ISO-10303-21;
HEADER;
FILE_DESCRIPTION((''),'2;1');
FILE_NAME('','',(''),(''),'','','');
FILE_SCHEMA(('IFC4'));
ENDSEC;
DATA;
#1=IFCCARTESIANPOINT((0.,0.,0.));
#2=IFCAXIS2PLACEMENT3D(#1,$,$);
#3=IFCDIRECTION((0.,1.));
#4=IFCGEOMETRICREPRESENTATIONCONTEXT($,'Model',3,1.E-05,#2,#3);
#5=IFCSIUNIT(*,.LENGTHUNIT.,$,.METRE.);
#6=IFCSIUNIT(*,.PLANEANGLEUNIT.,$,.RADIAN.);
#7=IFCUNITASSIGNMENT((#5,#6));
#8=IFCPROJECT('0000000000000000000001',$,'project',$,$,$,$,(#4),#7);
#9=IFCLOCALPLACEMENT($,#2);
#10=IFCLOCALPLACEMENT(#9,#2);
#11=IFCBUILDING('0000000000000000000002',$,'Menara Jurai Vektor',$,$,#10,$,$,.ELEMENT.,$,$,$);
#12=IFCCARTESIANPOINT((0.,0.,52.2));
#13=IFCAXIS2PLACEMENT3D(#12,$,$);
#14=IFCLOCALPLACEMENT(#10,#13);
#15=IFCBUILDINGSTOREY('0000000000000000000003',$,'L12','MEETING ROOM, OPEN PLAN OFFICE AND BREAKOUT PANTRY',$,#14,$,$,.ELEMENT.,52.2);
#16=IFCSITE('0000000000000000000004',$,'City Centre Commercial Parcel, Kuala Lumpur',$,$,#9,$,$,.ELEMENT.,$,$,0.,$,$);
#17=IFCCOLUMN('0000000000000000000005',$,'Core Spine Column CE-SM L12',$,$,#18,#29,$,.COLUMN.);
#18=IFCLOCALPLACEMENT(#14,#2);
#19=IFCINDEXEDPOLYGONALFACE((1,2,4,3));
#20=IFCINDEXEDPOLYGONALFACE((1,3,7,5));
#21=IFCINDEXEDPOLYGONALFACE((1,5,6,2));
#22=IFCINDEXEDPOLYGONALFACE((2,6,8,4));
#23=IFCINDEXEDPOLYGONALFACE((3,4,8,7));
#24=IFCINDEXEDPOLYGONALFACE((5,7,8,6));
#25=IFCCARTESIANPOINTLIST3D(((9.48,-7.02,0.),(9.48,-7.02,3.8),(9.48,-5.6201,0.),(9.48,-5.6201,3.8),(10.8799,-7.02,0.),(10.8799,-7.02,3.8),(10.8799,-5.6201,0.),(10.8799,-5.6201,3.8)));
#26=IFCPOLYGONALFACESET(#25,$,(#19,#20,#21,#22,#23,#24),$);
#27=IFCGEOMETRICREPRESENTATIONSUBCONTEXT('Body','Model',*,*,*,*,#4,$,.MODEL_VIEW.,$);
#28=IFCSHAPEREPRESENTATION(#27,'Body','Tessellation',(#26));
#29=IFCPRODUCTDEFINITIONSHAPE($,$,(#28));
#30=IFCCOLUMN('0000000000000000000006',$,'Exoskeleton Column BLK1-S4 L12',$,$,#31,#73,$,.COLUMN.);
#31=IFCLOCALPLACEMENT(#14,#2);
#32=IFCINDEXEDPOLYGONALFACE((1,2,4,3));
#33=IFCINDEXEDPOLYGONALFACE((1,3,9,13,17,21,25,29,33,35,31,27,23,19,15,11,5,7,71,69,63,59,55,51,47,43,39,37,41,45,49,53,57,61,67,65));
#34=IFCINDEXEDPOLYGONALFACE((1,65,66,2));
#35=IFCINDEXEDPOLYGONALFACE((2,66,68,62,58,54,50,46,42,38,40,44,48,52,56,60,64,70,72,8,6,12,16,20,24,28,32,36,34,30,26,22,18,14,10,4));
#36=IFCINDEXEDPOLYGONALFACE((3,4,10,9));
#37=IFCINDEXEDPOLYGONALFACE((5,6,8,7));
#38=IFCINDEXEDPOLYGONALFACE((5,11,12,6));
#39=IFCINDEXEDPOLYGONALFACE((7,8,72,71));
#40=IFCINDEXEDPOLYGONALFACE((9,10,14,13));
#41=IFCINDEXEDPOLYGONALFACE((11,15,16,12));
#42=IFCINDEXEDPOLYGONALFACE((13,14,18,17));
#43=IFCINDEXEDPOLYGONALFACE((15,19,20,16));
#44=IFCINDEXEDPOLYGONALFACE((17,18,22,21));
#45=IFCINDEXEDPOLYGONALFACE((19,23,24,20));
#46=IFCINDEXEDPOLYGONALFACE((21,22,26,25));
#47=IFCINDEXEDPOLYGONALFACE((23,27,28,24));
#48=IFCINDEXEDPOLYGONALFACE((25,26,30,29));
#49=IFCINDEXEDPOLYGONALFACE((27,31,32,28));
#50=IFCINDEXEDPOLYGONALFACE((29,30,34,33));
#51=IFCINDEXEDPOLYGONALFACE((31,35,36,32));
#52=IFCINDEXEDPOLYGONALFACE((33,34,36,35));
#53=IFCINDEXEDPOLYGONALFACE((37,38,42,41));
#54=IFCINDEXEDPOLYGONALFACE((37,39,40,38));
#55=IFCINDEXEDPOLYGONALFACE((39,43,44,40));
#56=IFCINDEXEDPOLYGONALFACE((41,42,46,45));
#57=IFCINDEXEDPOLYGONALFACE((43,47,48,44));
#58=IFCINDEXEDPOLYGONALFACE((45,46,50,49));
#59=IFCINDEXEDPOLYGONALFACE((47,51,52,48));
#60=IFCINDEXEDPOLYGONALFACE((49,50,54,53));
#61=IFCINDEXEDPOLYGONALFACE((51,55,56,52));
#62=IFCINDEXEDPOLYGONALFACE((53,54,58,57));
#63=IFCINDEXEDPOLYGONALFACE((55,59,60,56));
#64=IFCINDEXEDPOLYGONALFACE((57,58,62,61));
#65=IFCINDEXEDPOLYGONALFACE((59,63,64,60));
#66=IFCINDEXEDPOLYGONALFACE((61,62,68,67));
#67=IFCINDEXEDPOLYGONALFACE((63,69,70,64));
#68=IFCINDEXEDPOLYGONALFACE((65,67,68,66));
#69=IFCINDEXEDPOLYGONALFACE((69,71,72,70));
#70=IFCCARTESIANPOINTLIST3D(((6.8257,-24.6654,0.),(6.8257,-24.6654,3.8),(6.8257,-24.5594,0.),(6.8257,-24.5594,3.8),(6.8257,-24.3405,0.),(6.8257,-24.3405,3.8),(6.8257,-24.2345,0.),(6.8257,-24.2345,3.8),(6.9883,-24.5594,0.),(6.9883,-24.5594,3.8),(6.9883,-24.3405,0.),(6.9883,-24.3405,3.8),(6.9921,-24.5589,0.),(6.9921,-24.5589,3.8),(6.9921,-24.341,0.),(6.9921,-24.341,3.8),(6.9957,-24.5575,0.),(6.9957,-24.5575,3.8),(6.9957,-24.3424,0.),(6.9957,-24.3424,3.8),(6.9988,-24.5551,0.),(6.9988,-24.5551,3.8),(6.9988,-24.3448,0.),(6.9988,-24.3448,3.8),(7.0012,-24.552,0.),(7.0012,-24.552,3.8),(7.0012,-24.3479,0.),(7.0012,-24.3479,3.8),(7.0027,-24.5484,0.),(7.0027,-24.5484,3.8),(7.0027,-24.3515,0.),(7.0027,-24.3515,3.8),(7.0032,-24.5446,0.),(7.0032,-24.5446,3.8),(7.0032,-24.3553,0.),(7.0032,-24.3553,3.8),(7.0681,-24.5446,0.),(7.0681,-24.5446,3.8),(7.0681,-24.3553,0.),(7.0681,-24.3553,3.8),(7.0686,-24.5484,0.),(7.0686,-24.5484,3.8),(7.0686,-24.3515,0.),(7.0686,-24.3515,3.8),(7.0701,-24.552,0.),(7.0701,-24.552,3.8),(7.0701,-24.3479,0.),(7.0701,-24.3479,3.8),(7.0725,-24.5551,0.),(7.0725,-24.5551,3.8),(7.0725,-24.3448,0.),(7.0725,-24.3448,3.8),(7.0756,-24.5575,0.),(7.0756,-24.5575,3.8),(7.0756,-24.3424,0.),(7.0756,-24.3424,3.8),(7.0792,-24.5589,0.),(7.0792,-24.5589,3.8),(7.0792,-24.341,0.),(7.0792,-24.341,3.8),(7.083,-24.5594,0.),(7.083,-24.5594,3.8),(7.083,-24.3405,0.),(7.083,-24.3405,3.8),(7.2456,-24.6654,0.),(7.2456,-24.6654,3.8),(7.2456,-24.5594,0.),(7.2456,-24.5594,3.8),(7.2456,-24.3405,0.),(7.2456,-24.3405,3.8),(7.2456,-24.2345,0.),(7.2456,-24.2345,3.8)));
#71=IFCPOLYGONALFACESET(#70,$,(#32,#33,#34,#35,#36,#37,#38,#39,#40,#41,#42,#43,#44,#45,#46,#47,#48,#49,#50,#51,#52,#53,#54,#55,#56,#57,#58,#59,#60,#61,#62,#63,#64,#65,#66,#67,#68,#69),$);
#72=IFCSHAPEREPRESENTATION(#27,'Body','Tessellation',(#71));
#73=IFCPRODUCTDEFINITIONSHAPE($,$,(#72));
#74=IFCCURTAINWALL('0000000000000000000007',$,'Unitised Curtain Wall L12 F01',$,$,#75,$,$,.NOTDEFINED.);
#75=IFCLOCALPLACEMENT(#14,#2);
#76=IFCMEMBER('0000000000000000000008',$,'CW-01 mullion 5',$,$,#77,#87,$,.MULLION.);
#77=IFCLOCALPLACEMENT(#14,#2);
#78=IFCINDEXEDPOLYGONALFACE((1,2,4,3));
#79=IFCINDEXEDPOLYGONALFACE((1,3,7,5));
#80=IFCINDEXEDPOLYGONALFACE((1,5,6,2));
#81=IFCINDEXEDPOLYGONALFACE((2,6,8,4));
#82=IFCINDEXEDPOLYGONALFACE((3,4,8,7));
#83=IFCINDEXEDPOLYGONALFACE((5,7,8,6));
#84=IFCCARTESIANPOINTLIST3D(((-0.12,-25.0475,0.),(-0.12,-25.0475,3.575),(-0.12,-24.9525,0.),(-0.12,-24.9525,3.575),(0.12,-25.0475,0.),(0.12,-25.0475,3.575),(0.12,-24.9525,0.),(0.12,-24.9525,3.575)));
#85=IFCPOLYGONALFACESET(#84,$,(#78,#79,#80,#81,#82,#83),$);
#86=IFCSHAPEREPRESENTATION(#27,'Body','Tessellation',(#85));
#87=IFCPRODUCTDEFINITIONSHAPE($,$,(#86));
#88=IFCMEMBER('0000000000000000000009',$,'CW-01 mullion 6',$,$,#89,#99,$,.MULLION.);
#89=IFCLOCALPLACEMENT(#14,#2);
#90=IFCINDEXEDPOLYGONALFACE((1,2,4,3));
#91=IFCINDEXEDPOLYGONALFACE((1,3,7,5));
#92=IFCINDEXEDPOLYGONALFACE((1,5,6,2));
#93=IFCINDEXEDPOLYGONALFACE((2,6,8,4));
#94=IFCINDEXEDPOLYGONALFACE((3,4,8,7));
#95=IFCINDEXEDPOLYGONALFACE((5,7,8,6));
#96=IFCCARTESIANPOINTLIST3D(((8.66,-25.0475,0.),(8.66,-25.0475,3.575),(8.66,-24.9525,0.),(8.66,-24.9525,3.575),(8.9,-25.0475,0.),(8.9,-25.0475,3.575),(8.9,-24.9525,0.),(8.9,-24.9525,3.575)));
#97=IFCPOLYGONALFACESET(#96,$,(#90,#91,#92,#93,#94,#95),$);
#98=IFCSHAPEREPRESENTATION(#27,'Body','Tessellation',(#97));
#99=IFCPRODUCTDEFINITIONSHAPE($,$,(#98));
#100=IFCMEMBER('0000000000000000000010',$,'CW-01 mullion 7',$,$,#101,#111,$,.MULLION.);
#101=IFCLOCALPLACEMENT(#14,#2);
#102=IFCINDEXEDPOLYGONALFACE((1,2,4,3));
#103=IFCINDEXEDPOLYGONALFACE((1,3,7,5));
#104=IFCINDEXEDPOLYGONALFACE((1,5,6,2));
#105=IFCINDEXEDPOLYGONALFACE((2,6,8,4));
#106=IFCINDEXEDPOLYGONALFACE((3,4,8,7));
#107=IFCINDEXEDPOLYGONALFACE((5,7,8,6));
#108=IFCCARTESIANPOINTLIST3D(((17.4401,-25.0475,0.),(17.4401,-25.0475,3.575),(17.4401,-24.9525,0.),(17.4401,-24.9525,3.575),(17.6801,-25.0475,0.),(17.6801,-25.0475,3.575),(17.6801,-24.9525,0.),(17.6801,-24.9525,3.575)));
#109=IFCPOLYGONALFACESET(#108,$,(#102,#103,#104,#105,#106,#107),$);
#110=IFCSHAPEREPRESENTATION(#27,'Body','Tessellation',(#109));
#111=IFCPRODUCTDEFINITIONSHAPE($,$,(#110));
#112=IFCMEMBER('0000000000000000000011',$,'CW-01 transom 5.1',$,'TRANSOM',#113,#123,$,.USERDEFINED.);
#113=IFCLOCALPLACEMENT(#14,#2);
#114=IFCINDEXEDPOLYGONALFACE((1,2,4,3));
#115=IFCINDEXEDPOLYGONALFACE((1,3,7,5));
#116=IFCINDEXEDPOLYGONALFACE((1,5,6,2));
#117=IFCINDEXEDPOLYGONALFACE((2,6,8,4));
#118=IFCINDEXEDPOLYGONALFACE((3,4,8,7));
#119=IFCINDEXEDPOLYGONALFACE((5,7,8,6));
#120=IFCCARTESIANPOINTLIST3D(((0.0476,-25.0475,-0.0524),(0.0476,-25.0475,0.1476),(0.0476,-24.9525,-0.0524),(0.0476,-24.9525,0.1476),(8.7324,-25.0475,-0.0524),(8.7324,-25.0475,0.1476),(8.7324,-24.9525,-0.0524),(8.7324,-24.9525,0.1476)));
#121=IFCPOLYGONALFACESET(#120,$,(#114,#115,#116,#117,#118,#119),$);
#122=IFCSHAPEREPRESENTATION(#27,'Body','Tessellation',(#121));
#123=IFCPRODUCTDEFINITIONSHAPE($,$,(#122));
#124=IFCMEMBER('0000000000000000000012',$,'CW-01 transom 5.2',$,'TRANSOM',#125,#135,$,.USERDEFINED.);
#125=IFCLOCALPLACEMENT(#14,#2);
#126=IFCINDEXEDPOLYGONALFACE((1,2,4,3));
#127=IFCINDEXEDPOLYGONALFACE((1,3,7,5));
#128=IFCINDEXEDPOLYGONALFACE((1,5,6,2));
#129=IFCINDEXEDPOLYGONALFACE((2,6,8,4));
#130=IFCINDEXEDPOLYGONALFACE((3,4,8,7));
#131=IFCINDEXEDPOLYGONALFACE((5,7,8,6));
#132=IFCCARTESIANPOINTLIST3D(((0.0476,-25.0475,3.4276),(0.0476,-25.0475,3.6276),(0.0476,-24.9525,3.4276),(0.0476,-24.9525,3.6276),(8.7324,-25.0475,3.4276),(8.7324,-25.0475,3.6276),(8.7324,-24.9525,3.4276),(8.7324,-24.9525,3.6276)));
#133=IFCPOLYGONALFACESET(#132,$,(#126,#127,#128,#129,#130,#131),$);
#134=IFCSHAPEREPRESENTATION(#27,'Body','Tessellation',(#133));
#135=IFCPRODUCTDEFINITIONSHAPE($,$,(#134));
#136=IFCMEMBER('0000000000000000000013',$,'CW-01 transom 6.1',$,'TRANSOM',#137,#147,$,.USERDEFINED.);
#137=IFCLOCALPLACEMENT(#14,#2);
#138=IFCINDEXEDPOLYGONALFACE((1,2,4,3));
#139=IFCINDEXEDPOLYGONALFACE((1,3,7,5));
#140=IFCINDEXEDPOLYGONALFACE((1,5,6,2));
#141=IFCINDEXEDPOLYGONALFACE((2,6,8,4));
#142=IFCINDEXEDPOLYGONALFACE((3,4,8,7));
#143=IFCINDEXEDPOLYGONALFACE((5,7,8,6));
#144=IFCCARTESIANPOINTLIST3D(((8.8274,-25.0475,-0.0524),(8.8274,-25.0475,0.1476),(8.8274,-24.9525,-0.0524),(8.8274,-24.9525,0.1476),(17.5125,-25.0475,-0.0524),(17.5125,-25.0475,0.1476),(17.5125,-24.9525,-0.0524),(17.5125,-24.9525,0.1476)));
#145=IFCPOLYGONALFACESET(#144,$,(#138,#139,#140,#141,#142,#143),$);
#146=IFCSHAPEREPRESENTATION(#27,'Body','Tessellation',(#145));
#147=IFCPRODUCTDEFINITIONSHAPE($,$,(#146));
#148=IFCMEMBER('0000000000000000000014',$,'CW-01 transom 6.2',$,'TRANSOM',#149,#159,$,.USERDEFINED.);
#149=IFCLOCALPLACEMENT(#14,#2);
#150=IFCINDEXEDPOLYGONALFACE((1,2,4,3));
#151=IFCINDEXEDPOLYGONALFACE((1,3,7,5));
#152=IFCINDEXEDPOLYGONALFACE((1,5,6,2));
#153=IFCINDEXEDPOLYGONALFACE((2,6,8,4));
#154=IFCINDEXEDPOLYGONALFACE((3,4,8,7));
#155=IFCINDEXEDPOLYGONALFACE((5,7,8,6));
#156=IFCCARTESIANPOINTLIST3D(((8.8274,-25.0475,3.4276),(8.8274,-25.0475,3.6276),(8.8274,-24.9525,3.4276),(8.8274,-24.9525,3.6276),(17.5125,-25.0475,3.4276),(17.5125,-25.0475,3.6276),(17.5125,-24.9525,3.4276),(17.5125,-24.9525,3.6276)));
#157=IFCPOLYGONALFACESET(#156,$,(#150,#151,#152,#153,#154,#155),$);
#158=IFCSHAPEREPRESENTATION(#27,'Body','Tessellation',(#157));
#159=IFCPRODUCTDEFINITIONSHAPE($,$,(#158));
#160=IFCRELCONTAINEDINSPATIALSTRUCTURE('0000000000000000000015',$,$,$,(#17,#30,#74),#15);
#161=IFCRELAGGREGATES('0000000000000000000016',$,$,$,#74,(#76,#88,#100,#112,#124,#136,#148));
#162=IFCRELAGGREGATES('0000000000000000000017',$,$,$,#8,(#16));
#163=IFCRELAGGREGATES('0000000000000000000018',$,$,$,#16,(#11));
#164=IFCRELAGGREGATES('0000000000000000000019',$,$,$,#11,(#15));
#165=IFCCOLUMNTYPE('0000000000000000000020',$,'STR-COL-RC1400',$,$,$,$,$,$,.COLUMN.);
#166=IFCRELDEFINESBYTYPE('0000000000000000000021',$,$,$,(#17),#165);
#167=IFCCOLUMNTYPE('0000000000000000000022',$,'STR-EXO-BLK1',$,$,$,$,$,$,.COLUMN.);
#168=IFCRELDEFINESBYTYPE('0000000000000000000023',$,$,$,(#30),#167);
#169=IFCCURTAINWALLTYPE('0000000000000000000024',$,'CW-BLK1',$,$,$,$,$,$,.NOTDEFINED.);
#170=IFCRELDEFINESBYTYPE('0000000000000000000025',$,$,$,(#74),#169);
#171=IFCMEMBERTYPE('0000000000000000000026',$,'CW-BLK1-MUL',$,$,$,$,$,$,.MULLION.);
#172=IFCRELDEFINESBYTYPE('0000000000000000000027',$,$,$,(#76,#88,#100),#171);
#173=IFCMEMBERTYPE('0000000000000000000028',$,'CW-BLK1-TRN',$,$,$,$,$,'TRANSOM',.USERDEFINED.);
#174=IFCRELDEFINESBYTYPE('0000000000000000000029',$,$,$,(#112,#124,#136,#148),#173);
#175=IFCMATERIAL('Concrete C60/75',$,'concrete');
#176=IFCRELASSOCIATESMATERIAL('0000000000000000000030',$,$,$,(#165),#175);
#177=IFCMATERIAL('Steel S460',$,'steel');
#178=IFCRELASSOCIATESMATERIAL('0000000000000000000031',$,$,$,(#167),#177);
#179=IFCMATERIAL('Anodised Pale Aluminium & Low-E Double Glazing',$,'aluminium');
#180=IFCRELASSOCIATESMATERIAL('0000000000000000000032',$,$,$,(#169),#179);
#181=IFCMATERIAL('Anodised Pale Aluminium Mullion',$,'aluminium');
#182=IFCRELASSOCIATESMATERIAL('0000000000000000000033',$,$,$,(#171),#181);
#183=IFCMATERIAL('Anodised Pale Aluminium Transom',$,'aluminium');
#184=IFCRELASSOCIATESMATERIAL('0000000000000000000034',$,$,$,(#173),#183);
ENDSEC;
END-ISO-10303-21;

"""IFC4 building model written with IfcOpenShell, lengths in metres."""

from ifc_helpers import new_model, si_unit, direction, frame, origin, origin_2d, place, context, subcontext, project, spatial, rectangle, i_section, extrude, material, material_profile, profile_set, type_object, element, aggregate, save


model = new_model("IFC4")

# Units and contexts
model_context = context("Model", 3, precision=1e-05, world=origin(), true_north=direction((0.0, 1.0)))
body_context = subcontext(model_context, "Body", "Model", "MODEL_VIEW")
ifc_project = project(units=[si_unit("LENGTHUNIT", "METRE"), si_unit("PLANEANGLEUNIT", "RADIAN")], contexts=[model_context])

# Site, building, storey
site_placement = place(None, origin())
site = spatial("IfcSite", under=ifc_project, at=site_placement, Name="City Centre Commercial Parcel, Kuala Lumpur", CompositionType="ELEMENT", RefElevation=0.0)
building_placement = place(site_placement, origin())
building = spatial("IfcBuilding", under=site, at=building_placement, Name="Menara Jurai Vektor", CompositionType="ELEMENT")
storey_placement = place(building_placement, frame((0.0, 0.0, 52.2)))
storey = spatial("IfcBuildingStorey", under=building, at=storey_placement, Name="L12", Description="MEETING ROOM, OPEN PLAN OFFICE AND BREAKOUT PANTRY", CompositionType="ELEMENT", Elevation=52.2)

# Columns
ifc_material_1 = material(Name="Concrete C60/75", Category="concrete")
ifc_material_profile_1 = material_profile(ifc_material_1, rectangle(XDim=1.3999, YDim=1.3999, at=origin_2d()), Name="RC 1400x1400")
ifc_profile_set_1 = profile_set([ifc_material_profile_1], Name="Concrete C60/75")
column_type_1 = type_object("IfcColumnType", Name="STR-COL-RC1400", PredefinedType="COLUMN", material=ifc_profile_set_1)
column_1_placement = place(storey_placement, frame((10.1799, -6.3201, 0.0), z_axis=(0.0, 0.0, 1.0), x_axis=(1.0, 0.0, 0.0)))
element("IfcColumn", 1, at=column_1_placement, inside=storey, type_object=column_type_1, Name="Core Spine Column CE-SM L12", PredefinedType="COLUMN", context=body_context, shape_type="SweptSolid", body=[
    extrude(rectangle(XDim=1.3999, YDim=1.3999, at=origin_2d()), origin(), (0.0, 0.0, 1.0), 3.8),
])
ifc_material_2 = material(Name="Steel S460", Category="steel")
ifc_material_profile_2 = material_profile(ifc_material_2, i_section(OverallWidth=0.4199, OverallDepth=0.4309, WebThickness=0.0649, FlangeThickness=0.106, FilletRadius=0.0149, at=origin_2d()), Name="HD 400x900")
ifc_profile_set_2 = profile_set([ifc_material_profile_2], Name="Steel S460")
column_type_2 = type_object("IfcColumnType", Name="STR-EXO-BLK1", PredefinedType="COLUMN", material=ifc_profile_set_2)
column_2_placement = place(storey_placement, frame((7.0356, -24.45, 0.0), z_axis=(0.0, 0.0, 1.0), x_axis=(1.0, 0.0, 0.0)))
element("IfcColumn", 2, at=column_2_placement, inside=storey, type_object=column_type_2, Name="Exoskeleton Column BLK1-S4 L12", PredefinedType="COLUMN", context=body_context, shape_type="SweptSolid", body=[
    extrude(i_section(OverallWidth=0.4199, OverallDepth=0.4309, WebThickness=0.0649, FlangeThickness=0.106, FilletRadius=0.0149, at=origin_2d()), origin(), (0.0, 0.0, 1.0), 3.8),
])

# Curtain wall, members
ifc_material_3 = material(Name="Anodised Pale Aluminium & Low-E Double Glazing", Category="aluminium")
curtain_wall_type = type_object("IfcCurtainWallType", Name="CW-BLK1", PredefinedType="NOTDEFINED", material=ifc_material_3)
curtain_wall_placement = place(storey_placement, origin())
curtain_wall = element("IfcCurtainWall", 3, at=curtain_wall_placement, inside=storey, type_object=curtain_wall_type, Name="Unitised Curtain Wall L12 F01", PredefinedType="NOTDEFINED")
ifc_material_4 = material(Name="Anodised Pale Aluminium Mullion", Category="aluminium")
ifc_material_profile_3 = material_profile(ifc_material_4, rectangle(XDim=0.095, YDim=0.24, at=origin_2d()), Name="ALU MUL 95x240")
ifc_profile_set_3 = profile_set([ifc_material_profile_3], Name="Anodised Pale Aluminium Mullion")
member_type_1 = type_object("IfcMemberType", Name="CW-BLK1-MUL", PredefinedType="MULLION", material=ifc_profile_set_3)
member_1_placement = place(storey_placement, frame((0.0, -25.0, 0.0), z_axis=(0.0, 0.0, 1.0), x_axis=(0.0, 1.0, 0.0)))
member_1 = element("IfcMember", 4, at=member_1_placement, type_object=member_type_1, Name="CW-01 mullion 5", PredefinedType="MULLION", context=body_context, shape_type="SweptSolid", body=[
    extrude(rectangle(XDim=0.095, YDim=0.24, at=origin_2d()), origin(), (0.0, 0.0, 1.0), 3.575),
])
member_2_placement = place(storey_placement, frame((8.78, -25.0, 0.0), z_axis=(0.0, 0.0, 1.0), x_axis=(0.0, 1.0, 0.0)))
member_2 = element("IfcMember", 5, at=member_2_placement, type_object=member_type_1, Name="CW-01 mullion 6", PredefinedType="MULLION", context=body_context, shape_type="SweptSolid", body=[
    extrude(rectangle(XDim=0.095, YDim=0.24, at=origin_2d()), origin(), (0.0, 0.0, 1.0), 3.575),
])
member_3_placement = place(storey_placement, frame((17.5601, -25.0, 0.0), z_axis=(0.0, 0.0, 1.0), x_axis=(0.0, 1.0, 0.0)))
member_3 = element("IfcMember", 6, at=member_3_placement, type_object=member_type_1, Name="CW-01 mullion 7", PredefinedType="MULLION", context=body_context, shape_type="SweptSolid", body=[
    extrude(rectangle(XDim=0.095, YDim=0.24, at=origin_2d()), origin(), (0.0, 0.0, 1.0), 3.575),
])
ifc_material_5 = material(Name="Anodised Pale Aluminium Transom", Category="aluminium")
ifc_material_profile_4 = material_profile(ifc_material_5, rectangle(XDim=0.095, YDim=0.2, at=origin_2d()), Name="ALU TRN 95x200")
ifc_profile_set_4 = profile_set([ifc_material_profile_4], Name="Anodised Pale Aluminium Transom")
member_type_2 = type_object("IfcMemberType", Name="CW-BLK1-TRN", ElementType="TRANSOM", PredefinedType="USERDEFINED", material=ifc_profile_set_4)
member_4_placement = place(storey_placement, frame((0.0476, -25.0, 0.0476), z_axis=(1.0, 0.0, 0.0), x_axis=(0.0, 1.0, 0.0)))
member_4 = element("IfcMember", 7, at=member_4_placement, type_object=member_type_2, Name="CW-01 transom 5.1", ObjectType="TRANSOM", PredefinedType="USERDEFINED", context=body_context, shape_type="SweptSolid", body=[
    extrude(rectangle(XDim=0.095, YDim=0.2, at=origin_2d()), origin(), (0.0, 0.0, 1.0), 8.6848),
])
member_5_placement = place(storey_placement, frame((0.0476, -25.0, 3.5276), z_axis=(1.0, 0.0, 0.0), x_axis=(0.0, 1.0, 0.0)))
member_5 = element("IfcMember", 8, at=member_5_placement, type_object=member_type_2, Name="CW-01 transom 5.2", ObjectType="TRANSOM", PredefinedType="USERDEFINED", context=body_context, shape_type="SweptSolid", body=[
    extrude(rectangle(XDim=0.095, YDim=0.2, at=origin_2d()), origin(), (0.0, 0.0, 1.0), 8.6848),
])
member_6_placement = place(storey_placement, frame((8.8274, -25.0, 0.0476), z_axis=(1.0, 0.0, 0.0), x_axis=(0.0, 1.0, 0.0)))
member_6 = element("IfcMember", 9, at=member_6_placement, type_object=member_type_2, Name="CW-01 transom 6.1", ObjectType="TRANSOM", PredefinedType="USERDEFINED", context=body_context, shape_type="SweptSolid", body=[
    extrude(rectangle(XDim=0.095, YDim=0.2, at=origin_2d()), origin(), (0.0, 0.0, 1.0), 8.6851),
])
member_7_placement = place(storey_placement, frame((8.8274, -25.0, 3.5276), z_axis=(1.0, 0.0, 0.0), x_axis=(0.0, 1.0, 0.0)))
member_7 = element("IfcMember", 10, at=member_7_placement, type_object=member_type_2, Name="CW-01 transom 6.2", ObjectType="TRANSOM", PredefinedType="USERDEFINED", context=body_context, shape_type="SweptSolid", body=[
    extrude(rectangle(XDim=0.095, YDim=0.2, at=origin_2d()), origin(), (0.0, 0.0, 1.0), 8.6851),
])

aggregate(curtain_wall, [member_1, member_2, member_3, member_4, member_5, member_6, member_7])

save(model, "model.ifc")
